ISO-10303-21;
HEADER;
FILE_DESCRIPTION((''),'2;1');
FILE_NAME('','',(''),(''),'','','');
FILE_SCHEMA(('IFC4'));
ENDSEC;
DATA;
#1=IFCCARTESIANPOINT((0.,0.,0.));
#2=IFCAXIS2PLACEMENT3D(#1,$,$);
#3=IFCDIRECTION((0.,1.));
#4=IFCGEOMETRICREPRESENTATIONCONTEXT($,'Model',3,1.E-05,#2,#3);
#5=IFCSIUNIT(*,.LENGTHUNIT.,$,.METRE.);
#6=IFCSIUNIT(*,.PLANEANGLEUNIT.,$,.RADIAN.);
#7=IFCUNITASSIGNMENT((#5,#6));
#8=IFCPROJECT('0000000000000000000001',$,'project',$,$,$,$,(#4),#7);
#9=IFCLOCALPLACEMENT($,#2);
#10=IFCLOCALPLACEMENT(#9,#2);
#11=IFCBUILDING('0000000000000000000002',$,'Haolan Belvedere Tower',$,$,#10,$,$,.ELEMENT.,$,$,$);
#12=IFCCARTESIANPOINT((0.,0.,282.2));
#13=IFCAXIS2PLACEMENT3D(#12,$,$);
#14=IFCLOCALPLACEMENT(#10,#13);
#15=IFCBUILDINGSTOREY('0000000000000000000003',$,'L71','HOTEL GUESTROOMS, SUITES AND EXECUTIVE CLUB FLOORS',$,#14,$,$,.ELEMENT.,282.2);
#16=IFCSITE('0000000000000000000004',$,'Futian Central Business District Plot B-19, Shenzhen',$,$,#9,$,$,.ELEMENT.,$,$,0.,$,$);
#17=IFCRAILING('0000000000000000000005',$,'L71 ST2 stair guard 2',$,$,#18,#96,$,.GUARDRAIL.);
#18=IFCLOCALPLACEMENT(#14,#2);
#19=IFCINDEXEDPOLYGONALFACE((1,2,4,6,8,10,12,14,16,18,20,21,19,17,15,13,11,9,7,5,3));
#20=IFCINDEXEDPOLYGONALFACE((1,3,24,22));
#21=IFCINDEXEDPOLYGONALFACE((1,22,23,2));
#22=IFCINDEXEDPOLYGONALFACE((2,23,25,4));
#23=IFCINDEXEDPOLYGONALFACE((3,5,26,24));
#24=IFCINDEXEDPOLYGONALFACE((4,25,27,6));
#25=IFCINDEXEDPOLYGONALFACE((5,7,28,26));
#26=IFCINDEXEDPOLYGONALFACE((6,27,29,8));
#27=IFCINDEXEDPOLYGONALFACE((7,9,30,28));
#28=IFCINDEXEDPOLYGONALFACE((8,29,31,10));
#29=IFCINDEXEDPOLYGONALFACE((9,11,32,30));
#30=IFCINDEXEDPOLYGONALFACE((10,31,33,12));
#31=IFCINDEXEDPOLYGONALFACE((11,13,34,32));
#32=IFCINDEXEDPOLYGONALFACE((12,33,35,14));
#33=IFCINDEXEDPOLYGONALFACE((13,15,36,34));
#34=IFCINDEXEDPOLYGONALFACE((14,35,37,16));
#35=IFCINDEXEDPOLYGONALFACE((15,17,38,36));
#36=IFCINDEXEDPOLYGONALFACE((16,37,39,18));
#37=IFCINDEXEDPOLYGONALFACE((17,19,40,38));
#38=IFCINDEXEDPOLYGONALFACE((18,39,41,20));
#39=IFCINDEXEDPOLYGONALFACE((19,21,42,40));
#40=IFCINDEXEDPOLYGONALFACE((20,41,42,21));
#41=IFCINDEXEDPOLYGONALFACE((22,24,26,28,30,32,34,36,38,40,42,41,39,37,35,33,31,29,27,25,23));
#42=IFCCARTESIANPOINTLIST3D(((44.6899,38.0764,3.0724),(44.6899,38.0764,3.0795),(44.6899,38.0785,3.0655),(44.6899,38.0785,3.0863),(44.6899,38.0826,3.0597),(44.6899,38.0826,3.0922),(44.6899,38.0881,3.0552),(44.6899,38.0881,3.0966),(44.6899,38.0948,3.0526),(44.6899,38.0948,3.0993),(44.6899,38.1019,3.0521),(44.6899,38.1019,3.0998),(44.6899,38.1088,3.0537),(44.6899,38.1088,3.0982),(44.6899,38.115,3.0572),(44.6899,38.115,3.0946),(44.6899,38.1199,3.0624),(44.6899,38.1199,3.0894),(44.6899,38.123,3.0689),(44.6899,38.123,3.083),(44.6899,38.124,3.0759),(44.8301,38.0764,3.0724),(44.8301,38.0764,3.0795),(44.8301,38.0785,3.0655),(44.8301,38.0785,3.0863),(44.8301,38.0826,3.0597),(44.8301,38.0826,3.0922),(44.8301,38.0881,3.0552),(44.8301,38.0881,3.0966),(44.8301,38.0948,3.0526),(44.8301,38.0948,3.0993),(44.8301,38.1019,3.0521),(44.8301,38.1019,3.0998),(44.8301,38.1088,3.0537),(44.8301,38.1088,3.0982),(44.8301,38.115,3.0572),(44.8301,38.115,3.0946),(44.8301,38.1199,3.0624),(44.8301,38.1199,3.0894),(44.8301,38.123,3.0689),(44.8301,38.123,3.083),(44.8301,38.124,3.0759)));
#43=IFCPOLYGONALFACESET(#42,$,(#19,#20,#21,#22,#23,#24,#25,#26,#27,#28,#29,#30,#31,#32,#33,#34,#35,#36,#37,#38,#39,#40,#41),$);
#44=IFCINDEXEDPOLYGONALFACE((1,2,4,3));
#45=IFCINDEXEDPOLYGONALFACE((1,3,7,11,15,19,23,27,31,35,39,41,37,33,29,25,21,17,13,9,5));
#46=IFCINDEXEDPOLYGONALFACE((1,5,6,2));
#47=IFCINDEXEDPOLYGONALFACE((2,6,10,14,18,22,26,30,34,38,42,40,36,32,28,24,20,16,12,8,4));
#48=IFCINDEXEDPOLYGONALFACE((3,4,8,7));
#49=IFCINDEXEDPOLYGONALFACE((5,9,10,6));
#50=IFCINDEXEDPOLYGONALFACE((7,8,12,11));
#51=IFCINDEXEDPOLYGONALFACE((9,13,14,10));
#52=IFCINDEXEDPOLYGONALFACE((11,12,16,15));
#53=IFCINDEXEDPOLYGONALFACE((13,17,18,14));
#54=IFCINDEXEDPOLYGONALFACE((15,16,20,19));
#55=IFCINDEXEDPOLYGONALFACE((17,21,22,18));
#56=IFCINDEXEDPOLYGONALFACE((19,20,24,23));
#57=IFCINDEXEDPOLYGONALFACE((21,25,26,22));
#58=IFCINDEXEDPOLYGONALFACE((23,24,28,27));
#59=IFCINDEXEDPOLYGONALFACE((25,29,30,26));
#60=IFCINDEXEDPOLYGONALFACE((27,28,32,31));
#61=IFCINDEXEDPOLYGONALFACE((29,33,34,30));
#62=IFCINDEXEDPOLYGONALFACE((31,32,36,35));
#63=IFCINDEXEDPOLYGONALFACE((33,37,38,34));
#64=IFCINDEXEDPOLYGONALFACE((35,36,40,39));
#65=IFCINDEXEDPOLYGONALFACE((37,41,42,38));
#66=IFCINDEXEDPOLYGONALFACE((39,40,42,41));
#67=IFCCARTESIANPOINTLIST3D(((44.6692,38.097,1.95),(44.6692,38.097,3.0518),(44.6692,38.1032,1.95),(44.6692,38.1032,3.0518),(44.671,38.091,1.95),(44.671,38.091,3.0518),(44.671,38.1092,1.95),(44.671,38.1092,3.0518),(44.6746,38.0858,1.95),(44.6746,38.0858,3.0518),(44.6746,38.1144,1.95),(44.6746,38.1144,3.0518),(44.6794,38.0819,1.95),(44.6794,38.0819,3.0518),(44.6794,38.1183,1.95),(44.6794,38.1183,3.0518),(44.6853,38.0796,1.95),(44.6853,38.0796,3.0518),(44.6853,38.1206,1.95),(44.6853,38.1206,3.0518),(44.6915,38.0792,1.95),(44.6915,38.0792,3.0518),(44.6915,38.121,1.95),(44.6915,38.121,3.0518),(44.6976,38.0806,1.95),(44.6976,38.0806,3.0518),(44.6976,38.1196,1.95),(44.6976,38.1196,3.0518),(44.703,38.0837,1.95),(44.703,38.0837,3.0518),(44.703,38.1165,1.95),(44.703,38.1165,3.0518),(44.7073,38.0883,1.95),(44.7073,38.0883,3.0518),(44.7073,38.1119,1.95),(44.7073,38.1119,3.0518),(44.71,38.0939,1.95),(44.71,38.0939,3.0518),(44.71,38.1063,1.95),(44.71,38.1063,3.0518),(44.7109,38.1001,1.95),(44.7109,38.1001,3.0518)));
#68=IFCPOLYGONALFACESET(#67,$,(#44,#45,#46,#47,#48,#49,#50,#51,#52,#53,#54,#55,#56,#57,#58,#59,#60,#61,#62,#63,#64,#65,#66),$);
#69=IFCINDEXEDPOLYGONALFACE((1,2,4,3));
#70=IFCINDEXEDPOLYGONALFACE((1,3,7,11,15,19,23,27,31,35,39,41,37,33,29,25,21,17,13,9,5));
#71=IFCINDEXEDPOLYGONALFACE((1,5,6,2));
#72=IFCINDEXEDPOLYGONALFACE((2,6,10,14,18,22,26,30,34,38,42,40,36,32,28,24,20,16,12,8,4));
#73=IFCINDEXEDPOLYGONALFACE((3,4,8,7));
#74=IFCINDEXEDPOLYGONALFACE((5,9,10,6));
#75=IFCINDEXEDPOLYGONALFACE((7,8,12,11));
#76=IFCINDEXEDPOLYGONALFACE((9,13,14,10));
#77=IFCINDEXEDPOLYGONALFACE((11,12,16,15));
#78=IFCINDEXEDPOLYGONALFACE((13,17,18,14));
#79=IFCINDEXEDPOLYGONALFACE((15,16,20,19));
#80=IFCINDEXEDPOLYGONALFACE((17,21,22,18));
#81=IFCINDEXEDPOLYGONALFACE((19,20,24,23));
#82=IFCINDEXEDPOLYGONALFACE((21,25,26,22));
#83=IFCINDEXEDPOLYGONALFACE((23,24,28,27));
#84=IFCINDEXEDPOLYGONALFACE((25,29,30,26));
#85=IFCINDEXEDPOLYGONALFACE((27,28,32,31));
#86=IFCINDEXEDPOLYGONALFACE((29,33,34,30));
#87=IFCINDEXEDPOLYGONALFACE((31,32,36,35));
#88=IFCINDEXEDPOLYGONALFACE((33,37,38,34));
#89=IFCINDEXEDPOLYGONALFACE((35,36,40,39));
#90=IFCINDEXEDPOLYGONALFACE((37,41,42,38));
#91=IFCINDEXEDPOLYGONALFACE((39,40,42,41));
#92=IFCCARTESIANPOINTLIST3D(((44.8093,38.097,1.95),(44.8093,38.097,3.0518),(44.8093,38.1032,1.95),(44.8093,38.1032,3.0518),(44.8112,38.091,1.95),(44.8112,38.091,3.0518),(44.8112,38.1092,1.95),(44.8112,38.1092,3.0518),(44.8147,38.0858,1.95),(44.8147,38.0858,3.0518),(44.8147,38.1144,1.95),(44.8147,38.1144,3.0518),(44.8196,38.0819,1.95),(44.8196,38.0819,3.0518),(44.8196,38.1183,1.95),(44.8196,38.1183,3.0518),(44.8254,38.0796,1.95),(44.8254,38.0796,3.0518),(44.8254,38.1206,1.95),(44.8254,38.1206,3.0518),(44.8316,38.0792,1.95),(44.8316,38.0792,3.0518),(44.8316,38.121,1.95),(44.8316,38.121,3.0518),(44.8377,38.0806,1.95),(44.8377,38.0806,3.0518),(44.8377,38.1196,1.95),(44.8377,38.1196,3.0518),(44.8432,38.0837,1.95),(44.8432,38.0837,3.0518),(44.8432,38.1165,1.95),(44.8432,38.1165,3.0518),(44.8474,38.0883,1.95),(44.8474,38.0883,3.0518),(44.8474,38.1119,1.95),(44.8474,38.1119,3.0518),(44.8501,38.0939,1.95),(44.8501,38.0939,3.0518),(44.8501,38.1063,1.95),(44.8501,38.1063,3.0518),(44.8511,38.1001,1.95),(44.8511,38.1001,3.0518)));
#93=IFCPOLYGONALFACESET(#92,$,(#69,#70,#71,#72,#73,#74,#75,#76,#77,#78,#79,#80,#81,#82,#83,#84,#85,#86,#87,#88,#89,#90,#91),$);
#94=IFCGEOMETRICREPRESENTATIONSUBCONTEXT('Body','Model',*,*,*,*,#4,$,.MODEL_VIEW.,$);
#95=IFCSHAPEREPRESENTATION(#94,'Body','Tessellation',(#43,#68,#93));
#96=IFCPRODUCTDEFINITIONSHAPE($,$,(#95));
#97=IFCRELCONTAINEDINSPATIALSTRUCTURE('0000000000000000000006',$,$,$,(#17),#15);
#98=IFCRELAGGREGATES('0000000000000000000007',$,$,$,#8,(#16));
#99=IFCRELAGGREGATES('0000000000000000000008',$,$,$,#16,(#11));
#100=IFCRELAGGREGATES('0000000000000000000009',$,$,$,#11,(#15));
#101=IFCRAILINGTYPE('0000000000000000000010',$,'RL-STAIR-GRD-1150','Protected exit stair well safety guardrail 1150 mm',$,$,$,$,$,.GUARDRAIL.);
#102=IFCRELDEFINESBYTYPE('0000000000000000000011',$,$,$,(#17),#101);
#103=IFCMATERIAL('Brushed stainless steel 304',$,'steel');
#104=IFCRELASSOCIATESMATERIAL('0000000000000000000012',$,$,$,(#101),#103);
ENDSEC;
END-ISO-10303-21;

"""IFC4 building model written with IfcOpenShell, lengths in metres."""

from ifc_helpers import new_model, si_unit, direction, frame, origin, origin_2d, place, context, subcontext, project, spatial, circle, extrude, material, type_object, element, save


model = new_model("IFC4")

# Units and contexts
model_context = context("Model", 3, precision=1e-05, world=origin(), true_north=direction((0.0, 1.0)))
body_context = subcontext(model_context, "Body", "Model", "MODEL_VIEW")
ifc_project = project(units=[si_unit("LENGTHUNIT", "METRE"), si_unit("PLANEANGLEUNIT", "RADIAN")], contexts=[model_context])

# Site, building, storey
site_placement = place(None, origin())
site = spatial("IfcSite", under=ifc_project, at=site_placement, Name="Futian Central Business District Plot B-19, Shenzhen", CompositionType="ELEMENT", RefElevation=0.0)
building_placement = place(site_placement, origin())
building = spatial("IfcBuilding", under=site, at=building_placement, Name="Haolan Belvedere Tower", CompositionType="ELEMENT")
storey_placement = place(building_placement, frame((0.0, 0.0, 282.2)))
storey = spatial("IfcBuildingStorey", under=building, at=storey_placement, Name="L71", Description="HOTEL GUESTROOMS, SUITES AND EXECUTIVE CLUB FLOORS", CompositionType="ELEMENT", Elevation=282.2)

# Railing
ifc_material_1 = material(Name="Brushed stainless steel 304", Category="steel")
railing_type_1 = type_object("IfcRailingType", Name="RL-STAIR-GRD-1150", Description="Protected exit stair well safety guardrail 1150 mm", PredefinedType="GUARDRAIL", material=ifc_material_1)
railing_1_placement = place(storey_placement, frame((44.6899, 38.1001, 1.95)))
element("IfcRailing", 1, at=railing_1_placement, inside=storey, type_object=railing_type_1, Name="L71 ST2 stair guard 2", PredefinedType="GUARDRAIL", context=body_context, shape_type="SweptSolid", body=[
    extrude(circle(Radius=0.0239, at=origin_2d()), frame((0.0, 0.0, 1.126), z_axis=(1.0, 0.0, 0.0), x_axis=(0.0, 1.0, 0.0)), (0.0, 0.0, 1.0), 0.1401),
    extrude(circle(Radius=0.021, at=origin_2d()), origin(), (0.0, 0.0, 1.0), 1.1018),
    extrude(circle(Radius=0.021, at=origin_2d()), frame((0.1401, 0.0, 0.0)), (0.0, 0.0, 1.0), 1.1018),
])

save(model, "model.ifc")
